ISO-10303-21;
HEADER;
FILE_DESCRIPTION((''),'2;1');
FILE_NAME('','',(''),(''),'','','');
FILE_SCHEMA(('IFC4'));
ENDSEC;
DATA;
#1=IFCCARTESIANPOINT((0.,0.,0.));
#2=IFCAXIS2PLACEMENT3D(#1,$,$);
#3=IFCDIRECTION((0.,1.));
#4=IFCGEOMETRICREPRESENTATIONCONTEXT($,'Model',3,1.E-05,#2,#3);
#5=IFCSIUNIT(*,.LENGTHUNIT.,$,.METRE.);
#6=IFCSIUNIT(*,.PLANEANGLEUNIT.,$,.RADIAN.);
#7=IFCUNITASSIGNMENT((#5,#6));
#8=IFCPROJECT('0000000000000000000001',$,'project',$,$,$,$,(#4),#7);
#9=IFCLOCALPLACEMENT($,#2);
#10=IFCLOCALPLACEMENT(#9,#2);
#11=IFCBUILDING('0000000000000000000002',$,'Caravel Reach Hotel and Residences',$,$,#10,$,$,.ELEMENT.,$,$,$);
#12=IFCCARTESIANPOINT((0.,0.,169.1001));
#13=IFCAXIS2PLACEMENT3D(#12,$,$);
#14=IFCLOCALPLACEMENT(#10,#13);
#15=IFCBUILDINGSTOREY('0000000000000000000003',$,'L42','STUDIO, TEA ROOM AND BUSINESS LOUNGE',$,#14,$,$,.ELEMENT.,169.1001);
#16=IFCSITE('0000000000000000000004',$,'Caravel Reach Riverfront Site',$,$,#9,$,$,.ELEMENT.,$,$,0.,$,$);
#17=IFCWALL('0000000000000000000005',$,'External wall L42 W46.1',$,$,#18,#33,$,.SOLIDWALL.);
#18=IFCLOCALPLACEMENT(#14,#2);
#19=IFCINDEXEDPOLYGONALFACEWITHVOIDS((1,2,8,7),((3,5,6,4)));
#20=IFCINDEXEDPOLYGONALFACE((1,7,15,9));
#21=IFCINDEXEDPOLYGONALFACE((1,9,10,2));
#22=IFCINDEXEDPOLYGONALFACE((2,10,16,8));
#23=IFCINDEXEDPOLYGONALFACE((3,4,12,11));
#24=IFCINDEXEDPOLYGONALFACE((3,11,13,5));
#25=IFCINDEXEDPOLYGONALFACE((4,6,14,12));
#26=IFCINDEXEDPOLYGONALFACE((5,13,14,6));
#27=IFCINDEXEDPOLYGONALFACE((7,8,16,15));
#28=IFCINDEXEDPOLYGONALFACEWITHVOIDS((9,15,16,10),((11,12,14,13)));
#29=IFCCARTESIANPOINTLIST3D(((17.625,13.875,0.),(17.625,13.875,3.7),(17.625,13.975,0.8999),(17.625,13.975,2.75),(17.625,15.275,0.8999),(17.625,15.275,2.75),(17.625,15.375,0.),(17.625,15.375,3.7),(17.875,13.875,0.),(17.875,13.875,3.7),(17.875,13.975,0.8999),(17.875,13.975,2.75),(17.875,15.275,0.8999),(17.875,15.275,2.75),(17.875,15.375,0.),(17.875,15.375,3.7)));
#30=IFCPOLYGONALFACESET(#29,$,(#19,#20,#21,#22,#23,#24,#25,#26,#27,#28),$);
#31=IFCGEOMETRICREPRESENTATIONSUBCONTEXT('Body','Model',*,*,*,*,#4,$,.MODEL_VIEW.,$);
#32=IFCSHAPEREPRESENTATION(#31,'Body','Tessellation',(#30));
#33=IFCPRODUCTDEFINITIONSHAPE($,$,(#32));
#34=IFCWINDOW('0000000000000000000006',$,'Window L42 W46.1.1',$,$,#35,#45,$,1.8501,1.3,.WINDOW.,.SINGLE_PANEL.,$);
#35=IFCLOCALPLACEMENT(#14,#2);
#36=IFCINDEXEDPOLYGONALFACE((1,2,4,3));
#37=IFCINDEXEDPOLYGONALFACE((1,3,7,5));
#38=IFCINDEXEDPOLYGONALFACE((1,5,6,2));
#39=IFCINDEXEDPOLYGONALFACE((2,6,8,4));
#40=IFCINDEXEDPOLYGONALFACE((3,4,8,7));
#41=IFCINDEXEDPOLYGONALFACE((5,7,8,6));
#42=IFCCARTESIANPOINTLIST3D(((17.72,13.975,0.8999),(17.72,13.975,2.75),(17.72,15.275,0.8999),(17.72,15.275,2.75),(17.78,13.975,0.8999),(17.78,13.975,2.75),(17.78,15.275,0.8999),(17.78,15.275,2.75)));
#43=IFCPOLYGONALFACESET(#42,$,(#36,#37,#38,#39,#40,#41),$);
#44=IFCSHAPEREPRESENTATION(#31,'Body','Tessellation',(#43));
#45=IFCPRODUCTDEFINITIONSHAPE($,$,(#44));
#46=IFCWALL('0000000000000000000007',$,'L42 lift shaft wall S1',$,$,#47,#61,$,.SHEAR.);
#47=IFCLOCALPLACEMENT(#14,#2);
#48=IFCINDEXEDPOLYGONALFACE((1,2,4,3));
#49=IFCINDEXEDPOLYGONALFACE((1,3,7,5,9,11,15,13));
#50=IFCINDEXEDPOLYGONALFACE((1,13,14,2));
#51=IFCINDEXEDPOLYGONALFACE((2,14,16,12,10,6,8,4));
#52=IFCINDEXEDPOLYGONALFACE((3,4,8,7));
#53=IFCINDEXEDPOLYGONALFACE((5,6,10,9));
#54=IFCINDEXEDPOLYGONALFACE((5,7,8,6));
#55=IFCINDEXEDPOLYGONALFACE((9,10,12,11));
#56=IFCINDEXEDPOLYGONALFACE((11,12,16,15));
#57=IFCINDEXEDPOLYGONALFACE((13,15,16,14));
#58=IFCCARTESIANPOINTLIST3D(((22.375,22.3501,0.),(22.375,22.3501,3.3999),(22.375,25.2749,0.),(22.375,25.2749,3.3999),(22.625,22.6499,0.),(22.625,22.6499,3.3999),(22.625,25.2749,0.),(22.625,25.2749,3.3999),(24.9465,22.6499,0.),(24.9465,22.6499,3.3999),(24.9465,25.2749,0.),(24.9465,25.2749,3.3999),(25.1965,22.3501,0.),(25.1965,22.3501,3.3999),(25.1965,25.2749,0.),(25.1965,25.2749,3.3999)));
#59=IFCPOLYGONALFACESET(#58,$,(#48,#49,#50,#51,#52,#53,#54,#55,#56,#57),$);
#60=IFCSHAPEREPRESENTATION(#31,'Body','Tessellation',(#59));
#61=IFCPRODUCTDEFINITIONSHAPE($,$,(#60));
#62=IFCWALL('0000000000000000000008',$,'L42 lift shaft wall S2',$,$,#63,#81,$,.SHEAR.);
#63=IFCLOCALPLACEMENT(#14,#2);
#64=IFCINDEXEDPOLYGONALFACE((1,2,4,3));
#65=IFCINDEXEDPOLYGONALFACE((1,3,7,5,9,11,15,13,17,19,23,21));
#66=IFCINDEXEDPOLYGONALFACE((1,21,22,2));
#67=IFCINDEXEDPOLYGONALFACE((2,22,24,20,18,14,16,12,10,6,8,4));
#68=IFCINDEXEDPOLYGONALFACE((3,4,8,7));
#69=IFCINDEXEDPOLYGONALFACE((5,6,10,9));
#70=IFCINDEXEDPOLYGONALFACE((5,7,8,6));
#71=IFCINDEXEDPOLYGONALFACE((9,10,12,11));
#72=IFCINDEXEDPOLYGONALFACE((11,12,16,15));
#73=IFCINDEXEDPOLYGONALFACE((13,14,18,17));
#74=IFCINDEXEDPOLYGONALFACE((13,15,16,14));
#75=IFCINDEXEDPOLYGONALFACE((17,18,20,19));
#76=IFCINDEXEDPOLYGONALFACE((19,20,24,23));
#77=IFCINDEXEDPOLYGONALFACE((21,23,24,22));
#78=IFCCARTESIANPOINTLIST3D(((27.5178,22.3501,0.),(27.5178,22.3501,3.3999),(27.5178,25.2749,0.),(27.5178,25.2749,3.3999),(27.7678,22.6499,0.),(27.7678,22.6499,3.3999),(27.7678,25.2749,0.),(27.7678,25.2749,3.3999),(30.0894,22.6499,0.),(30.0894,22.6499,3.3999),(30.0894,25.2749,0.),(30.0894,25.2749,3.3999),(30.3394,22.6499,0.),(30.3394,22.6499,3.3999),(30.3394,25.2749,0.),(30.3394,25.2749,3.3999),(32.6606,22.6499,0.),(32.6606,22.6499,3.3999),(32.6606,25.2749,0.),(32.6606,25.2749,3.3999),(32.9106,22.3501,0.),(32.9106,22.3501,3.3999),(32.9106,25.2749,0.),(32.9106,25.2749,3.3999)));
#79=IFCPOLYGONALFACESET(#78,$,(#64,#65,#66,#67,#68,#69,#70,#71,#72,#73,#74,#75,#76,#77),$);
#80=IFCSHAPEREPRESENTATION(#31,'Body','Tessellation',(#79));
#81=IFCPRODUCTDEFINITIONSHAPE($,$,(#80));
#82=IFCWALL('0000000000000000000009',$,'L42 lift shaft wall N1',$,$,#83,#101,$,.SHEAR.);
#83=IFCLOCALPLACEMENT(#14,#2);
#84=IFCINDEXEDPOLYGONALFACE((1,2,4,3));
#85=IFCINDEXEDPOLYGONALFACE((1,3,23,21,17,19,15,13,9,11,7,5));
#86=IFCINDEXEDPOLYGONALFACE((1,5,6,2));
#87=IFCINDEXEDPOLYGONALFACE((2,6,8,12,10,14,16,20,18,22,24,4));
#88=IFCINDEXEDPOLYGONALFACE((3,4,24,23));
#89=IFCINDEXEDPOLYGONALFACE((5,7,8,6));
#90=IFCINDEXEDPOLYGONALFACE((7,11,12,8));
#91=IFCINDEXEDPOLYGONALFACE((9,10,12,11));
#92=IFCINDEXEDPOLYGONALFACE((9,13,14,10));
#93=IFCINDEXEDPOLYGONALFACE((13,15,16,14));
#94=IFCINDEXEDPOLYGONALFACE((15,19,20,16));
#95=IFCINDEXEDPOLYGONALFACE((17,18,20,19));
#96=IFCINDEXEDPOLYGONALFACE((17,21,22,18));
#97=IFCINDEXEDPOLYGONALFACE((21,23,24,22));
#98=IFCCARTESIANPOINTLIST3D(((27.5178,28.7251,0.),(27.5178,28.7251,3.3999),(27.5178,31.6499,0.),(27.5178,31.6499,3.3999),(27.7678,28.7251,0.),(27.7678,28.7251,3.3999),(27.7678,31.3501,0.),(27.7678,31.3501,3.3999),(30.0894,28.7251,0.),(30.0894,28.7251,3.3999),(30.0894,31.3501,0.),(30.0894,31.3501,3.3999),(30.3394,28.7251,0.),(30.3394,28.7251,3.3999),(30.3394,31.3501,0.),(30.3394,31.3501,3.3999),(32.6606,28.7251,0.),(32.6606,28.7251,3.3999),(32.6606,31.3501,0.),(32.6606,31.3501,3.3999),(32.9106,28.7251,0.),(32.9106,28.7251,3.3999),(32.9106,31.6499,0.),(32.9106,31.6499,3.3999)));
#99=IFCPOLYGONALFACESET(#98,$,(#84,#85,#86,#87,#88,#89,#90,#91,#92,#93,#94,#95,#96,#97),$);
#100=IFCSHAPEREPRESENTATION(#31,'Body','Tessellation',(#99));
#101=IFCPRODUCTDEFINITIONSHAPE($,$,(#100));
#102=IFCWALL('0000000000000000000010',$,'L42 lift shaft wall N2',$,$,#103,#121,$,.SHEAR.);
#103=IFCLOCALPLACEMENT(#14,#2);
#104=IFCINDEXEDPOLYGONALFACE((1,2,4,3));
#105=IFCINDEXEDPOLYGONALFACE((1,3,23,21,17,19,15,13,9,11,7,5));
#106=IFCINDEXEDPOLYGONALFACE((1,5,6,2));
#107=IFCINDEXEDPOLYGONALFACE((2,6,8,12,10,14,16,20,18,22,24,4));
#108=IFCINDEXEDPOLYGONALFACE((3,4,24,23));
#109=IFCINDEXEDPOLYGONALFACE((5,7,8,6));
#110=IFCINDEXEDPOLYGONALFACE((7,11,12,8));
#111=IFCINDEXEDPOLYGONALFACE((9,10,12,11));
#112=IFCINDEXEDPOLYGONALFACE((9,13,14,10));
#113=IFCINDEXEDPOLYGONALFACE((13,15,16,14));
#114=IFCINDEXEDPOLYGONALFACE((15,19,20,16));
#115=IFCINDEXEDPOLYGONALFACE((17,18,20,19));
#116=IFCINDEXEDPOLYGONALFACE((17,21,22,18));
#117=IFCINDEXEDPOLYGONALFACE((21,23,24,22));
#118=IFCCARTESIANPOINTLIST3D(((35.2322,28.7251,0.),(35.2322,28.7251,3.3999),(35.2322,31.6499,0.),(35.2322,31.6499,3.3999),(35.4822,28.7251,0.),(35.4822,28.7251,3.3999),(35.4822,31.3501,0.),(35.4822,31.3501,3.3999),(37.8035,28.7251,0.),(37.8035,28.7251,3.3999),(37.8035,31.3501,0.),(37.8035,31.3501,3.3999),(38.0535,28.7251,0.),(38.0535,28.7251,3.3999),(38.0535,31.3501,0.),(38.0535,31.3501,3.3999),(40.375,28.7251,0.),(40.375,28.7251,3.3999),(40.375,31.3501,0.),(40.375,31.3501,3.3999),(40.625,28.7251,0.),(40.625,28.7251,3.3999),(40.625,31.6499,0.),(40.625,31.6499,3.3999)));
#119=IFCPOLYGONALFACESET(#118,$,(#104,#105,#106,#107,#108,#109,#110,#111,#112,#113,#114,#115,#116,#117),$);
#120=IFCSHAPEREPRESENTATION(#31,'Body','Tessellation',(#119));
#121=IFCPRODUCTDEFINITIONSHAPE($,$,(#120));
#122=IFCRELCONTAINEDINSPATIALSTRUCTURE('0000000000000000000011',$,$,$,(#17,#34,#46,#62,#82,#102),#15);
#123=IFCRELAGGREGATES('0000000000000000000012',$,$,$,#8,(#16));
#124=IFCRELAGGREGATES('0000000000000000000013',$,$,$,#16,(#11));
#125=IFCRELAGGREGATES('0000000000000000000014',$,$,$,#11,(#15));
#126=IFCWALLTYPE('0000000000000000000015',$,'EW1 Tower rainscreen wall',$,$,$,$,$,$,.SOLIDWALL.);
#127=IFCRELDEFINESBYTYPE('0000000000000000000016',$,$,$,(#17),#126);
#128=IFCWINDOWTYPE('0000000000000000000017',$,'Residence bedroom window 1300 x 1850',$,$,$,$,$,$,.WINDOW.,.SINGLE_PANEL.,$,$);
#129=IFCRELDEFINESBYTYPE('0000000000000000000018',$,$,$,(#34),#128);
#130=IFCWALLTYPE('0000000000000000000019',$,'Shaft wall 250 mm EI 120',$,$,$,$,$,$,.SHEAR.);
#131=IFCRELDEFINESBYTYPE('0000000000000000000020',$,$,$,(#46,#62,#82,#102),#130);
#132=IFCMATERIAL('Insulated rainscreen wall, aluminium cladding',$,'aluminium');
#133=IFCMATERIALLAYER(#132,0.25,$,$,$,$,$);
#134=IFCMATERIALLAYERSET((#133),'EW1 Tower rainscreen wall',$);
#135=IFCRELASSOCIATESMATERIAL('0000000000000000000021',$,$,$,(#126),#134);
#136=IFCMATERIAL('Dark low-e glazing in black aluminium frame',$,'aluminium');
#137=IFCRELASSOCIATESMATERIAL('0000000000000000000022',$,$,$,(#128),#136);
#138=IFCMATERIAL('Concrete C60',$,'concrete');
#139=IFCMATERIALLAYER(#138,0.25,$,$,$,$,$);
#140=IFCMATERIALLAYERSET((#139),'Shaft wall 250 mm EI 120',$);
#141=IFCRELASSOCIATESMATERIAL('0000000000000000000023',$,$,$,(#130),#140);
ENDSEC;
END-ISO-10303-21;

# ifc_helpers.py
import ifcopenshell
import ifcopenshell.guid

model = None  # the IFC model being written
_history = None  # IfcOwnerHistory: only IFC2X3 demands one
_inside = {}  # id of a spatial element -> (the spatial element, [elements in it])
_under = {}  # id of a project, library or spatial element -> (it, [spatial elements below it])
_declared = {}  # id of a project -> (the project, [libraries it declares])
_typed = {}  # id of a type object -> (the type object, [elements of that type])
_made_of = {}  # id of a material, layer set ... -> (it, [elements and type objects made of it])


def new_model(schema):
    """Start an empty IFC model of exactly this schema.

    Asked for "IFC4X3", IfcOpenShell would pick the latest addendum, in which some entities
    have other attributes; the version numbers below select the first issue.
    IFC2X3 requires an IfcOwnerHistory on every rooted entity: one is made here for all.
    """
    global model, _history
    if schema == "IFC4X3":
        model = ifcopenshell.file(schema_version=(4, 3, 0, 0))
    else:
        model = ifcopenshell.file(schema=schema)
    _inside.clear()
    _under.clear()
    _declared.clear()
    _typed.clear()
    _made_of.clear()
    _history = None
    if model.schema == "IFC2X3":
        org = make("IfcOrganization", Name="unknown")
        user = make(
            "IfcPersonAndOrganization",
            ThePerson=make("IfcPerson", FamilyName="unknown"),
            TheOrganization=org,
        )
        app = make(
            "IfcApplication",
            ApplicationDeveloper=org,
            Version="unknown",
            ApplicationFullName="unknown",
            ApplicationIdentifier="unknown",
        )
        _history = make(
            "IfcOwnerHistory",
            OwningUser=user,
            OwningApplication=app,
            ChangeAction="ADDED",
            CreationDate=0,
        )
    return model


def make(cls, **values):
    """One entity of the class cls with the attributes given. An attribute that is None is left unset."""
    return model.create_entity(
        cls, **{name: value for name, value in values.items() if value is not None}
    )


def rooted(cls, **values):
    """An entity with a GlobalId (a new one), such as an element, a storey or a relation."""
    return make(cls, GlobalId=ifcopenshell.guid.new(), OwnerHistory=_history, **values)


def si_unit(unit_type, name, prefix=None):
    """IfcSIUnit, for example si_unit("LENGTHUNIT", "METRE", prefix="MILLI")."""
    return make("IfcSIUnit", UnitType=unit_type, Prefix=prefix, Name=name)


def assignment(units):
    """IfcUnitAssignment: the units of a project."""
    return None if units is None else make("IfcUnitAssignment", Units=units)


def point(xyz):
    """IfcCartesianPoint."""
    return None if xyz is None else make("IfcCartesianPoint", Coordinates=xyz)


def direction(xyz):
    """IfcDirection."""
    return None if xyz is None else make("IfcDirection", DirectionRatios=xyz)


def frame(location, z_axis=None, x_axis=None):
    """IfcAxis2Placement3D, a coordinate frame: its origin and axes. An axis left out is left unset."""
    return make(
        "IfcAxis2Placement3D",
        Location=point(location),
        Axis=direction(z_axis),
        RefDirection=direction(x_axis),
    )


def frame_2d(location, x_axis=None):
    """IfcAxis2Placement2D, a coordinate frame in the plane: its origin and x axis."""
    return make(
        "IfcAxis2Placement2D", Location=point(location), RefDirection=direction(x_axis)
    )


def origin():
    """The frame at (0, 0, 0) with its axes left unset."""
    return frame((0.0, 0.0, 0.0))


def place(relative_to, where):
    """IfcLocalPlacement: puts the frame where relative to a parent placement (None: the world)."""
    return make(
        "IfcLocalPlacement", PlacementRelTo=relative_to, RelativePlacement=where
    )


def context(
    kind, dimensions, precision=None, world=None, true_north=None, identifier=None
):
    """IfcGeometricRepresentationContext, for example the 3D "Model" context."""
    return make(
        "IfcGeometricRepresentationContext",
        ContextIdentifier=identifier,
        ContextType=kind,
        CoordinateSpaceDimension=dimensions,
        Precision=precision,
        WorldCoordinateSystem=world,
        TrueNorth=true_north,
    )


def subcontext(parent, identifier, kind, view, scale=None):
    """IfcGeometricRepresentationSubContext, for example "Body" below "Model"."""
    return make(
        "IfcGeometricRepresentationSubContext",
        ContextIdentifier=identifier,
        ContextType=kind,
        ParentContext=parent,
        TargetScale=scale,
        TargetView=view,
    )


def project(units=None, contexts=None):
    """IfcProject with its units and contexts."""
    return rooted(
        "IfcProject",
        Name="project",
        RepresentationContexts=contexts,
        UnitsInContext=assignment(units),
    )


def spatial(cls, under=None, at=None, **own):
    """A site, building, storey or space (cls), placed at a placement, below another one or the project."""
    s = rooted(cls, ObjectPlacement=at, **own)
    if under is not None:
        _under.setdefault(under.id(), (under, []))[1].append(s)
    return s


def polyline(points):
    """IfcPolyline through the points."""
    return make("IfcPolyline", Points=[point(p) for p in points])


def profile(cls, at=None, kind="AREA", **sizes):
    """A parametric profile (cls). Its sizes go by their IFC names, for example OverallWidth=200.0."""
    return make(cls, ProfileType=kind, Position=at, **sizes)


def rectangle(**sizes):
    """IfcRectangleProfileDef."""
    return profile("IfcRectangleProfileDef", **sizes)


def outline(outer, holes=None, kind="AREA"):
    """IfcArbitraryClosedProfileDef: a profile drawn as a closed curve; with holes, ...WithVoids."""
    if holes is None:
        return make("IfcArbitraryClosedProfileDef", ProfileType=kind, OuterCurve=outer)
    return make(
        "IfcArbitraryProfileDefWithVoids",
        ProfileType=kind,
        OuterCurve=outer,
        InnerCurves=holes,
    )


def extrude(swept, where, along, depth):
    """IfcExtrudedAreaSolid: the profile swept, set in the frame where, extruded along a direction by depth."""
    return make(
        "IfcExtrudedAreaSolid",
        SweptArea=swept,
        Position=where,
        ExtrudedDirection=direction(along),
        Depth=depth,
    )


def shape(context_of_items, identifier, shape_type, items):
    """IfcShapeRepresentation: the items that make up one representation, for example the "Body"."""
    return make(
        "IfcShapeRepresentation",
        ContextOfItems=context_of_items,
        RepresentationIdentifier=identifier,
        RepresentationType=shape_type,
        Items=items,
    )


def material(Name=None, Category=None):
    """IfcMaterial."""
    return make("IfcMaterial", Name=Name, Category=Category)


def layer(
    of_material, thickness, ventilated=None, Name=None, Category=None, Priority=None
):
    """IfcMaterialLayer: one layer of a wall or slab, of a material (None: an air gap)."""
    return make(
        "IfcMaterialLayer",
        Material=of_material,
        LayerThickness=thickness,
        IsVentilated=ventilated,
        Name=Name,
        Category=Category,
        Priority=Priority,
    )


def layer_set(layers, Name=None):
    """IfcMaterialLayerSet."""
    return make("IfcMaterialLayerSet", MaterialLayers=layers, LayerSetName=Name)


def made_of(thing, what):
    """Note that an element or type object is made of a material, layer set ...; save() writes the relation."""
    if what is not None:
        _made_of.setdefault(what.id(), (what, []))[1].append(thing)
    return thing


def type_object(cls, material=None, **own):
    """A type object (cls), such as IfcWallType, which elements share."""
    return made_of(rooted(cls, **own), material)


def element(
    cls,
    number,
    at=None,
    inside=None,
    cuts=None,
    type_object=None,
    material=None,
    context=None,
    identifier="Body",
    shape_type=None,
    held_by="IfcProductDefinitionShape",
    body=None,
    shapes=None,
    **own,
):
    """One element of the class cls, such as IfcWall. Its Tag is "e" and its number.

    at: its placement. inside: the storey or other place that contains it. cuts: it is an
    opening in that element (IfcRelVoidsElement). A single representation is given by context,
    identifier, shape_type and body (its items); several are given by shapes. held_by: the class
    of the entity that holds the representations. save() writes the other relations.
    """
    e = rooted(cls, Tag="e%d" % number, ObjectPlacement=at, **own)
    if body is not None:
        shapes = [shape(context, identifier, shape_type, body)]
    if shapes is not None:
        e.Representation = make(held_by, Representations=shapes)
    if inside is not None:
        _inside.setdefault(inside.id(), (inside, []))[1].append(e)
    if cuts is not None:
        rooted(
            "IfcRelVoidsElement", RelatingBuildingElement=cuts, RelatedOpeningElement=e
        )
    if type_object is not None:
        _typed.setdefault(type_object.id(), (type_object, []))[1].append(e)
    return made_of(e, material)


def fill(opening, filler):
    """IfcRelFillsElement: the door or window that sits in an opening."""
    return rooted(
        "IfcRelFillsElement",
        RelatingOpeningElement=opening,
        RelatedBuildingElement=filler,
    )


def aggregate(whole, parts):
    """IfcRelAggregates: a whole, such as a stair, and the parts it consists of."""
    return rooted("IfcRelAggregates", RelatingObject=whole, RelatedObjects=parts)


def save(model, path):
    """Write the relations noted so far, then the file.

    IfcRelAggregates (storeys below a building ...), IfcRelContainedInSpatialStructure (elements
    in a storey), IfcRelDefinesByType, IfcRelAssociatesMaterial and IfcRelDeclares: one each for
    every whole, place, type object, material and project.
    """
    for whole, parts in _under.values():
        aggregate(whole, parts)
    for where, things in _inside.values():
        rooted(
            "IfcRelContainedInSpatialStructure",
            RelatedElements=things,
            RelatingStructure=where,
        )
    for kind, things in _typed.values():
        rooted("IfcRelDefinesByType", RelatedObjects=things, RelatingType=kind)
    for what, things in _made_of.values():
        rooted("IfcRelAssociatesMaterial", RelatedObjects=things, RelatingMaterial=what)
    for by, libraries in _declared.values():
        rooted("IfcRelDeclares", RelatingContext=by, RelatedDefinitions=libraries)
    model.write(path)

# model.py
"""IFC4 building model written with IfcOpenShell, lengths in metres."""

from ifc_helpers import new_model, si_unit, direction, frame, frame_2d, origin, place, context, subcontext, project, spatial, polyline, rectangle, outline, extrude, material, layer, layer_set, type_object, element, fill, save


model = new_model("IFC4")

# Units and contexts
model_context = context("Model", 3, precision=1e-05, world=origin(), true_north=direction((0.0, 1.0)))
body_context = subcontext(model_context, "Body", "Model", "MODEL_VIEW")
ifc_project = project(units=[si_unit("LENGTHUNIT", "METRE"), si_unit("PLANEANGLEUNIT", "RADIAN")], contexts=[model_context])

# Site, building, storey
site_placement = place(None, origin())
site = spatial("IfcSite", under=ifc_project, at=site_placement, Name="Caravel Reach Riverfront Site", CompositionType="ELEMENT", RefElevation=0.0)
building_placement = place(site_placement, origin())
building = spatial("IfcBuilding", under=site, at=building_placement, Name="Caravel Reach Hotel and Residences", CompositionType="ELEMENT")
storey_placement = place(building_placement, frame((0.0, 0.0, 169.1001)))
storey = spatial("IfcBuildingStorey", under=building, at=storey_placement, Name="L42", Description="STUDIO, TEA ROOM AND BUSINESS LOUNGE", CompositionType="ELEMENT", Elevation=169.1001)

# Shared definitions
ifc_material_1 = material(Name="Insulated rainscreen wall, aluminium cladding", Category="aluminium")
ifc_layer_1 = layer(ifc_material_1, 0.25)
ifc_layer_set_1 = layer_set([ifc_layer_1], Name="EW1 Tower rainscreen wall")
wall_type_1 = type_object("IfcWallType", Name="EW1 Tower rainscreen wall", PredefinedType="SOLIDWALL", material=ifc_layer_set_1)

# Wall, opening, window
ifc_material_2 = material(Name="Dark low-e glazing in black aluminium frame", Category="aluminium")
window_type_1 = type_object("IfcWindowType", Name="Residence bedroom window 1300 x 1850", PartitioningType="SINGLE_PANEL", PredefinedType="WINDOW", material=ifc_material_2)
wall_1_placement = place(storey_placement, frame((17.75, 15.375, 0.0), z_axis=(0.0, 0.0, 1.0), x_axis=(0.0, -1.0, 0.0)))
wall_1 = element("IfcWall", 1, at=wall_1_placement, inside=storey, type_object=wall_type_1, Name="External wall L42 W46.1", PredefinedType="SOLIDWALL", context=body_context, shape_type="SweptSolid", body=[
    extrude(rectangle(XDim=1.5, YDim=0.25, at=frame_2d((0.75, 0.0))), origin(), (0.0, 0.0, 1.0), 3.7),
])
opening_1_placement = place(wall_1_placement, frame((0.1001, 0.0, 0.8999)))
opening_1 = element("IfcOpeningElement", 2, at=opening_1_placement, cuts=wall_1, PredefinedType="OPENING", context=body_context, shape_type="SweptSolid", body=[
    extrude(rectangle(XDim=1.3, YDim=1.8501, at=frame_2d((0.6499, 0.925))), frame((0.0, 0.135, 0.0), z_axis=(0.0, -1.0, 0.0), x_axis=(1.0, 0.0, 0.0)), (0.0, 0.0, 1.0), 0.27),
])
window_1_placement = place(opening_1_placement, origin())
window_1 = element("IfcWindow", 3, at=window_1_placement, inside=storey, type_object=window_type_1, Name="Window L42 W46.1.1", OverallHeight=1.8501, OverallWidth=1.3, PartitioningType="SINGLE_PANEL", PredefinedType="WINDOW", context=body_context, shape_type="SweptSolid", body=[
    extrude(rectangle(XDim=1.3, YDim=1.8501, at=frame_2d((0.6499, 0.925))), frame((0.0, 0.03, 0.0), z_axis=(0.0, -1.0, 0.0), x_axis=(1.0, 0.0, 0.0)), (0.0, 0.0, 1.0), 0.0601),
])
fill(opening_1, window_1)

# Walls
ifc_material_3 = material(Name="Concrete C60", Category="concrete")
ifc_layer_2 = layer(ifc_material_3, 0.25)
ifc_layer_set_2 = layer_set([ifc_layer_2], Name="Shaft wall 250 mm EI 120")
wall_type_2 = type_object("IfcWallType", Name="Shaft wall 250 mm EI 120", PredefinedType="SHEAR", material=ifc_layer_set_2)
wall_2_placement = place(storey_placement, origin())
element("IfcWall", 4, at=wall_2_placement, inside=storey, type_object=wall_type_2, Name="L42 lift shaft wall S1", PredefinedType="SHEAR", context=body_context, shape_type="SweptSolid", body=[
    extrude(outline(polyline([(22.375, 22.3501), (25.1965, 22.3501), (25.1965, 25.2749), (24.9465, 25.2749), (24.9465, 22.6499), (22.625, 22.6499), (22.625, 25.2749), (22.375, 25.2749), (22.375, 22.3501)])), origin(), (0.0, 0.0, 1.0), 3.3999),
])
wall_3_placement = place(storey_placement, origin())
element("IfcWall", 5, at=wall_3_placement, inside=storey, type_object=wall_type_2, Name="L42 lift shaft wall S2", PredefinedType="SHEAR", context=body_context, shape_type="SweptSolid", body=[
    extrude(outline(polyline([(27.5178, 22.3501), (32.9106, 22.3501), (32.9106, 25.2749), (32.6606, 25.2749), (32.6606, 22.6499), (30.3394, 22.6499), (30.3394, 25.2749), (30.0894, 25.2749), (30.0894, 22.6499), (27.7678, 22.6499), (27.7678, 25.2749), (27.5178, 25.2749), (27.5178, 22.3501)])), origin(), (0.0, 0.0, 1.0), 3.3999),
])
wall_4_placement = place(storey_placement, origin())
element("IfcWall", 6, at=wall_4_placement, inside=storey, type_object=wall_type_2, Name="L42 lift shaft wall N1", PredefinedType="SHEAR", context=body_context, shape_type="SweptSolid", body=[
    extrude(outline(polyline([(27.5178, 28.7251), (27.7678, 28.7251), (27.7678, 31.3501), (30.0894, 31.3501), (30.0894, 28.7251), (30.3394, 28.7251), (30.3394, 31.3501), (32.6606, 31.3501), (32.6606, 28.7251), (32.9106, 28.7251), (32.9106, 31.6499), (27.5178, 31.6499), (27.5178, 28.7251)])), origin(), (0.0, 0.0, 1.0), 3.3999),
])
wall_5_placement = place(storey_placement, origin())
element("IfcWall", 7, at=wall_5_placement, inside=storey, type_object=wall_type_2, Name="L42 lift shaft wall N2", PredefinedType="SHEAR", context=body_context, shape_type="SweptSolid", body=[
    extrude(outline(polyline([(35.2322, 28.7251), (35.4822, 28.7251), (35.4822, 31.3501), (37.8035, 31.3501), (37.8035, 28.7251), (38.0535, 28.7251), (38.0535, 31.3501), (40.375, 31.3501), (40.375, 28.7251), (40.625, 28.7251), (40.625, 31.6499), (35.2322, 31.6499), (35.2322, 28.7251)])), origin(), (0.0, 0.0, 1.0), 3.3999),
])

save(model, "model.ifc")
